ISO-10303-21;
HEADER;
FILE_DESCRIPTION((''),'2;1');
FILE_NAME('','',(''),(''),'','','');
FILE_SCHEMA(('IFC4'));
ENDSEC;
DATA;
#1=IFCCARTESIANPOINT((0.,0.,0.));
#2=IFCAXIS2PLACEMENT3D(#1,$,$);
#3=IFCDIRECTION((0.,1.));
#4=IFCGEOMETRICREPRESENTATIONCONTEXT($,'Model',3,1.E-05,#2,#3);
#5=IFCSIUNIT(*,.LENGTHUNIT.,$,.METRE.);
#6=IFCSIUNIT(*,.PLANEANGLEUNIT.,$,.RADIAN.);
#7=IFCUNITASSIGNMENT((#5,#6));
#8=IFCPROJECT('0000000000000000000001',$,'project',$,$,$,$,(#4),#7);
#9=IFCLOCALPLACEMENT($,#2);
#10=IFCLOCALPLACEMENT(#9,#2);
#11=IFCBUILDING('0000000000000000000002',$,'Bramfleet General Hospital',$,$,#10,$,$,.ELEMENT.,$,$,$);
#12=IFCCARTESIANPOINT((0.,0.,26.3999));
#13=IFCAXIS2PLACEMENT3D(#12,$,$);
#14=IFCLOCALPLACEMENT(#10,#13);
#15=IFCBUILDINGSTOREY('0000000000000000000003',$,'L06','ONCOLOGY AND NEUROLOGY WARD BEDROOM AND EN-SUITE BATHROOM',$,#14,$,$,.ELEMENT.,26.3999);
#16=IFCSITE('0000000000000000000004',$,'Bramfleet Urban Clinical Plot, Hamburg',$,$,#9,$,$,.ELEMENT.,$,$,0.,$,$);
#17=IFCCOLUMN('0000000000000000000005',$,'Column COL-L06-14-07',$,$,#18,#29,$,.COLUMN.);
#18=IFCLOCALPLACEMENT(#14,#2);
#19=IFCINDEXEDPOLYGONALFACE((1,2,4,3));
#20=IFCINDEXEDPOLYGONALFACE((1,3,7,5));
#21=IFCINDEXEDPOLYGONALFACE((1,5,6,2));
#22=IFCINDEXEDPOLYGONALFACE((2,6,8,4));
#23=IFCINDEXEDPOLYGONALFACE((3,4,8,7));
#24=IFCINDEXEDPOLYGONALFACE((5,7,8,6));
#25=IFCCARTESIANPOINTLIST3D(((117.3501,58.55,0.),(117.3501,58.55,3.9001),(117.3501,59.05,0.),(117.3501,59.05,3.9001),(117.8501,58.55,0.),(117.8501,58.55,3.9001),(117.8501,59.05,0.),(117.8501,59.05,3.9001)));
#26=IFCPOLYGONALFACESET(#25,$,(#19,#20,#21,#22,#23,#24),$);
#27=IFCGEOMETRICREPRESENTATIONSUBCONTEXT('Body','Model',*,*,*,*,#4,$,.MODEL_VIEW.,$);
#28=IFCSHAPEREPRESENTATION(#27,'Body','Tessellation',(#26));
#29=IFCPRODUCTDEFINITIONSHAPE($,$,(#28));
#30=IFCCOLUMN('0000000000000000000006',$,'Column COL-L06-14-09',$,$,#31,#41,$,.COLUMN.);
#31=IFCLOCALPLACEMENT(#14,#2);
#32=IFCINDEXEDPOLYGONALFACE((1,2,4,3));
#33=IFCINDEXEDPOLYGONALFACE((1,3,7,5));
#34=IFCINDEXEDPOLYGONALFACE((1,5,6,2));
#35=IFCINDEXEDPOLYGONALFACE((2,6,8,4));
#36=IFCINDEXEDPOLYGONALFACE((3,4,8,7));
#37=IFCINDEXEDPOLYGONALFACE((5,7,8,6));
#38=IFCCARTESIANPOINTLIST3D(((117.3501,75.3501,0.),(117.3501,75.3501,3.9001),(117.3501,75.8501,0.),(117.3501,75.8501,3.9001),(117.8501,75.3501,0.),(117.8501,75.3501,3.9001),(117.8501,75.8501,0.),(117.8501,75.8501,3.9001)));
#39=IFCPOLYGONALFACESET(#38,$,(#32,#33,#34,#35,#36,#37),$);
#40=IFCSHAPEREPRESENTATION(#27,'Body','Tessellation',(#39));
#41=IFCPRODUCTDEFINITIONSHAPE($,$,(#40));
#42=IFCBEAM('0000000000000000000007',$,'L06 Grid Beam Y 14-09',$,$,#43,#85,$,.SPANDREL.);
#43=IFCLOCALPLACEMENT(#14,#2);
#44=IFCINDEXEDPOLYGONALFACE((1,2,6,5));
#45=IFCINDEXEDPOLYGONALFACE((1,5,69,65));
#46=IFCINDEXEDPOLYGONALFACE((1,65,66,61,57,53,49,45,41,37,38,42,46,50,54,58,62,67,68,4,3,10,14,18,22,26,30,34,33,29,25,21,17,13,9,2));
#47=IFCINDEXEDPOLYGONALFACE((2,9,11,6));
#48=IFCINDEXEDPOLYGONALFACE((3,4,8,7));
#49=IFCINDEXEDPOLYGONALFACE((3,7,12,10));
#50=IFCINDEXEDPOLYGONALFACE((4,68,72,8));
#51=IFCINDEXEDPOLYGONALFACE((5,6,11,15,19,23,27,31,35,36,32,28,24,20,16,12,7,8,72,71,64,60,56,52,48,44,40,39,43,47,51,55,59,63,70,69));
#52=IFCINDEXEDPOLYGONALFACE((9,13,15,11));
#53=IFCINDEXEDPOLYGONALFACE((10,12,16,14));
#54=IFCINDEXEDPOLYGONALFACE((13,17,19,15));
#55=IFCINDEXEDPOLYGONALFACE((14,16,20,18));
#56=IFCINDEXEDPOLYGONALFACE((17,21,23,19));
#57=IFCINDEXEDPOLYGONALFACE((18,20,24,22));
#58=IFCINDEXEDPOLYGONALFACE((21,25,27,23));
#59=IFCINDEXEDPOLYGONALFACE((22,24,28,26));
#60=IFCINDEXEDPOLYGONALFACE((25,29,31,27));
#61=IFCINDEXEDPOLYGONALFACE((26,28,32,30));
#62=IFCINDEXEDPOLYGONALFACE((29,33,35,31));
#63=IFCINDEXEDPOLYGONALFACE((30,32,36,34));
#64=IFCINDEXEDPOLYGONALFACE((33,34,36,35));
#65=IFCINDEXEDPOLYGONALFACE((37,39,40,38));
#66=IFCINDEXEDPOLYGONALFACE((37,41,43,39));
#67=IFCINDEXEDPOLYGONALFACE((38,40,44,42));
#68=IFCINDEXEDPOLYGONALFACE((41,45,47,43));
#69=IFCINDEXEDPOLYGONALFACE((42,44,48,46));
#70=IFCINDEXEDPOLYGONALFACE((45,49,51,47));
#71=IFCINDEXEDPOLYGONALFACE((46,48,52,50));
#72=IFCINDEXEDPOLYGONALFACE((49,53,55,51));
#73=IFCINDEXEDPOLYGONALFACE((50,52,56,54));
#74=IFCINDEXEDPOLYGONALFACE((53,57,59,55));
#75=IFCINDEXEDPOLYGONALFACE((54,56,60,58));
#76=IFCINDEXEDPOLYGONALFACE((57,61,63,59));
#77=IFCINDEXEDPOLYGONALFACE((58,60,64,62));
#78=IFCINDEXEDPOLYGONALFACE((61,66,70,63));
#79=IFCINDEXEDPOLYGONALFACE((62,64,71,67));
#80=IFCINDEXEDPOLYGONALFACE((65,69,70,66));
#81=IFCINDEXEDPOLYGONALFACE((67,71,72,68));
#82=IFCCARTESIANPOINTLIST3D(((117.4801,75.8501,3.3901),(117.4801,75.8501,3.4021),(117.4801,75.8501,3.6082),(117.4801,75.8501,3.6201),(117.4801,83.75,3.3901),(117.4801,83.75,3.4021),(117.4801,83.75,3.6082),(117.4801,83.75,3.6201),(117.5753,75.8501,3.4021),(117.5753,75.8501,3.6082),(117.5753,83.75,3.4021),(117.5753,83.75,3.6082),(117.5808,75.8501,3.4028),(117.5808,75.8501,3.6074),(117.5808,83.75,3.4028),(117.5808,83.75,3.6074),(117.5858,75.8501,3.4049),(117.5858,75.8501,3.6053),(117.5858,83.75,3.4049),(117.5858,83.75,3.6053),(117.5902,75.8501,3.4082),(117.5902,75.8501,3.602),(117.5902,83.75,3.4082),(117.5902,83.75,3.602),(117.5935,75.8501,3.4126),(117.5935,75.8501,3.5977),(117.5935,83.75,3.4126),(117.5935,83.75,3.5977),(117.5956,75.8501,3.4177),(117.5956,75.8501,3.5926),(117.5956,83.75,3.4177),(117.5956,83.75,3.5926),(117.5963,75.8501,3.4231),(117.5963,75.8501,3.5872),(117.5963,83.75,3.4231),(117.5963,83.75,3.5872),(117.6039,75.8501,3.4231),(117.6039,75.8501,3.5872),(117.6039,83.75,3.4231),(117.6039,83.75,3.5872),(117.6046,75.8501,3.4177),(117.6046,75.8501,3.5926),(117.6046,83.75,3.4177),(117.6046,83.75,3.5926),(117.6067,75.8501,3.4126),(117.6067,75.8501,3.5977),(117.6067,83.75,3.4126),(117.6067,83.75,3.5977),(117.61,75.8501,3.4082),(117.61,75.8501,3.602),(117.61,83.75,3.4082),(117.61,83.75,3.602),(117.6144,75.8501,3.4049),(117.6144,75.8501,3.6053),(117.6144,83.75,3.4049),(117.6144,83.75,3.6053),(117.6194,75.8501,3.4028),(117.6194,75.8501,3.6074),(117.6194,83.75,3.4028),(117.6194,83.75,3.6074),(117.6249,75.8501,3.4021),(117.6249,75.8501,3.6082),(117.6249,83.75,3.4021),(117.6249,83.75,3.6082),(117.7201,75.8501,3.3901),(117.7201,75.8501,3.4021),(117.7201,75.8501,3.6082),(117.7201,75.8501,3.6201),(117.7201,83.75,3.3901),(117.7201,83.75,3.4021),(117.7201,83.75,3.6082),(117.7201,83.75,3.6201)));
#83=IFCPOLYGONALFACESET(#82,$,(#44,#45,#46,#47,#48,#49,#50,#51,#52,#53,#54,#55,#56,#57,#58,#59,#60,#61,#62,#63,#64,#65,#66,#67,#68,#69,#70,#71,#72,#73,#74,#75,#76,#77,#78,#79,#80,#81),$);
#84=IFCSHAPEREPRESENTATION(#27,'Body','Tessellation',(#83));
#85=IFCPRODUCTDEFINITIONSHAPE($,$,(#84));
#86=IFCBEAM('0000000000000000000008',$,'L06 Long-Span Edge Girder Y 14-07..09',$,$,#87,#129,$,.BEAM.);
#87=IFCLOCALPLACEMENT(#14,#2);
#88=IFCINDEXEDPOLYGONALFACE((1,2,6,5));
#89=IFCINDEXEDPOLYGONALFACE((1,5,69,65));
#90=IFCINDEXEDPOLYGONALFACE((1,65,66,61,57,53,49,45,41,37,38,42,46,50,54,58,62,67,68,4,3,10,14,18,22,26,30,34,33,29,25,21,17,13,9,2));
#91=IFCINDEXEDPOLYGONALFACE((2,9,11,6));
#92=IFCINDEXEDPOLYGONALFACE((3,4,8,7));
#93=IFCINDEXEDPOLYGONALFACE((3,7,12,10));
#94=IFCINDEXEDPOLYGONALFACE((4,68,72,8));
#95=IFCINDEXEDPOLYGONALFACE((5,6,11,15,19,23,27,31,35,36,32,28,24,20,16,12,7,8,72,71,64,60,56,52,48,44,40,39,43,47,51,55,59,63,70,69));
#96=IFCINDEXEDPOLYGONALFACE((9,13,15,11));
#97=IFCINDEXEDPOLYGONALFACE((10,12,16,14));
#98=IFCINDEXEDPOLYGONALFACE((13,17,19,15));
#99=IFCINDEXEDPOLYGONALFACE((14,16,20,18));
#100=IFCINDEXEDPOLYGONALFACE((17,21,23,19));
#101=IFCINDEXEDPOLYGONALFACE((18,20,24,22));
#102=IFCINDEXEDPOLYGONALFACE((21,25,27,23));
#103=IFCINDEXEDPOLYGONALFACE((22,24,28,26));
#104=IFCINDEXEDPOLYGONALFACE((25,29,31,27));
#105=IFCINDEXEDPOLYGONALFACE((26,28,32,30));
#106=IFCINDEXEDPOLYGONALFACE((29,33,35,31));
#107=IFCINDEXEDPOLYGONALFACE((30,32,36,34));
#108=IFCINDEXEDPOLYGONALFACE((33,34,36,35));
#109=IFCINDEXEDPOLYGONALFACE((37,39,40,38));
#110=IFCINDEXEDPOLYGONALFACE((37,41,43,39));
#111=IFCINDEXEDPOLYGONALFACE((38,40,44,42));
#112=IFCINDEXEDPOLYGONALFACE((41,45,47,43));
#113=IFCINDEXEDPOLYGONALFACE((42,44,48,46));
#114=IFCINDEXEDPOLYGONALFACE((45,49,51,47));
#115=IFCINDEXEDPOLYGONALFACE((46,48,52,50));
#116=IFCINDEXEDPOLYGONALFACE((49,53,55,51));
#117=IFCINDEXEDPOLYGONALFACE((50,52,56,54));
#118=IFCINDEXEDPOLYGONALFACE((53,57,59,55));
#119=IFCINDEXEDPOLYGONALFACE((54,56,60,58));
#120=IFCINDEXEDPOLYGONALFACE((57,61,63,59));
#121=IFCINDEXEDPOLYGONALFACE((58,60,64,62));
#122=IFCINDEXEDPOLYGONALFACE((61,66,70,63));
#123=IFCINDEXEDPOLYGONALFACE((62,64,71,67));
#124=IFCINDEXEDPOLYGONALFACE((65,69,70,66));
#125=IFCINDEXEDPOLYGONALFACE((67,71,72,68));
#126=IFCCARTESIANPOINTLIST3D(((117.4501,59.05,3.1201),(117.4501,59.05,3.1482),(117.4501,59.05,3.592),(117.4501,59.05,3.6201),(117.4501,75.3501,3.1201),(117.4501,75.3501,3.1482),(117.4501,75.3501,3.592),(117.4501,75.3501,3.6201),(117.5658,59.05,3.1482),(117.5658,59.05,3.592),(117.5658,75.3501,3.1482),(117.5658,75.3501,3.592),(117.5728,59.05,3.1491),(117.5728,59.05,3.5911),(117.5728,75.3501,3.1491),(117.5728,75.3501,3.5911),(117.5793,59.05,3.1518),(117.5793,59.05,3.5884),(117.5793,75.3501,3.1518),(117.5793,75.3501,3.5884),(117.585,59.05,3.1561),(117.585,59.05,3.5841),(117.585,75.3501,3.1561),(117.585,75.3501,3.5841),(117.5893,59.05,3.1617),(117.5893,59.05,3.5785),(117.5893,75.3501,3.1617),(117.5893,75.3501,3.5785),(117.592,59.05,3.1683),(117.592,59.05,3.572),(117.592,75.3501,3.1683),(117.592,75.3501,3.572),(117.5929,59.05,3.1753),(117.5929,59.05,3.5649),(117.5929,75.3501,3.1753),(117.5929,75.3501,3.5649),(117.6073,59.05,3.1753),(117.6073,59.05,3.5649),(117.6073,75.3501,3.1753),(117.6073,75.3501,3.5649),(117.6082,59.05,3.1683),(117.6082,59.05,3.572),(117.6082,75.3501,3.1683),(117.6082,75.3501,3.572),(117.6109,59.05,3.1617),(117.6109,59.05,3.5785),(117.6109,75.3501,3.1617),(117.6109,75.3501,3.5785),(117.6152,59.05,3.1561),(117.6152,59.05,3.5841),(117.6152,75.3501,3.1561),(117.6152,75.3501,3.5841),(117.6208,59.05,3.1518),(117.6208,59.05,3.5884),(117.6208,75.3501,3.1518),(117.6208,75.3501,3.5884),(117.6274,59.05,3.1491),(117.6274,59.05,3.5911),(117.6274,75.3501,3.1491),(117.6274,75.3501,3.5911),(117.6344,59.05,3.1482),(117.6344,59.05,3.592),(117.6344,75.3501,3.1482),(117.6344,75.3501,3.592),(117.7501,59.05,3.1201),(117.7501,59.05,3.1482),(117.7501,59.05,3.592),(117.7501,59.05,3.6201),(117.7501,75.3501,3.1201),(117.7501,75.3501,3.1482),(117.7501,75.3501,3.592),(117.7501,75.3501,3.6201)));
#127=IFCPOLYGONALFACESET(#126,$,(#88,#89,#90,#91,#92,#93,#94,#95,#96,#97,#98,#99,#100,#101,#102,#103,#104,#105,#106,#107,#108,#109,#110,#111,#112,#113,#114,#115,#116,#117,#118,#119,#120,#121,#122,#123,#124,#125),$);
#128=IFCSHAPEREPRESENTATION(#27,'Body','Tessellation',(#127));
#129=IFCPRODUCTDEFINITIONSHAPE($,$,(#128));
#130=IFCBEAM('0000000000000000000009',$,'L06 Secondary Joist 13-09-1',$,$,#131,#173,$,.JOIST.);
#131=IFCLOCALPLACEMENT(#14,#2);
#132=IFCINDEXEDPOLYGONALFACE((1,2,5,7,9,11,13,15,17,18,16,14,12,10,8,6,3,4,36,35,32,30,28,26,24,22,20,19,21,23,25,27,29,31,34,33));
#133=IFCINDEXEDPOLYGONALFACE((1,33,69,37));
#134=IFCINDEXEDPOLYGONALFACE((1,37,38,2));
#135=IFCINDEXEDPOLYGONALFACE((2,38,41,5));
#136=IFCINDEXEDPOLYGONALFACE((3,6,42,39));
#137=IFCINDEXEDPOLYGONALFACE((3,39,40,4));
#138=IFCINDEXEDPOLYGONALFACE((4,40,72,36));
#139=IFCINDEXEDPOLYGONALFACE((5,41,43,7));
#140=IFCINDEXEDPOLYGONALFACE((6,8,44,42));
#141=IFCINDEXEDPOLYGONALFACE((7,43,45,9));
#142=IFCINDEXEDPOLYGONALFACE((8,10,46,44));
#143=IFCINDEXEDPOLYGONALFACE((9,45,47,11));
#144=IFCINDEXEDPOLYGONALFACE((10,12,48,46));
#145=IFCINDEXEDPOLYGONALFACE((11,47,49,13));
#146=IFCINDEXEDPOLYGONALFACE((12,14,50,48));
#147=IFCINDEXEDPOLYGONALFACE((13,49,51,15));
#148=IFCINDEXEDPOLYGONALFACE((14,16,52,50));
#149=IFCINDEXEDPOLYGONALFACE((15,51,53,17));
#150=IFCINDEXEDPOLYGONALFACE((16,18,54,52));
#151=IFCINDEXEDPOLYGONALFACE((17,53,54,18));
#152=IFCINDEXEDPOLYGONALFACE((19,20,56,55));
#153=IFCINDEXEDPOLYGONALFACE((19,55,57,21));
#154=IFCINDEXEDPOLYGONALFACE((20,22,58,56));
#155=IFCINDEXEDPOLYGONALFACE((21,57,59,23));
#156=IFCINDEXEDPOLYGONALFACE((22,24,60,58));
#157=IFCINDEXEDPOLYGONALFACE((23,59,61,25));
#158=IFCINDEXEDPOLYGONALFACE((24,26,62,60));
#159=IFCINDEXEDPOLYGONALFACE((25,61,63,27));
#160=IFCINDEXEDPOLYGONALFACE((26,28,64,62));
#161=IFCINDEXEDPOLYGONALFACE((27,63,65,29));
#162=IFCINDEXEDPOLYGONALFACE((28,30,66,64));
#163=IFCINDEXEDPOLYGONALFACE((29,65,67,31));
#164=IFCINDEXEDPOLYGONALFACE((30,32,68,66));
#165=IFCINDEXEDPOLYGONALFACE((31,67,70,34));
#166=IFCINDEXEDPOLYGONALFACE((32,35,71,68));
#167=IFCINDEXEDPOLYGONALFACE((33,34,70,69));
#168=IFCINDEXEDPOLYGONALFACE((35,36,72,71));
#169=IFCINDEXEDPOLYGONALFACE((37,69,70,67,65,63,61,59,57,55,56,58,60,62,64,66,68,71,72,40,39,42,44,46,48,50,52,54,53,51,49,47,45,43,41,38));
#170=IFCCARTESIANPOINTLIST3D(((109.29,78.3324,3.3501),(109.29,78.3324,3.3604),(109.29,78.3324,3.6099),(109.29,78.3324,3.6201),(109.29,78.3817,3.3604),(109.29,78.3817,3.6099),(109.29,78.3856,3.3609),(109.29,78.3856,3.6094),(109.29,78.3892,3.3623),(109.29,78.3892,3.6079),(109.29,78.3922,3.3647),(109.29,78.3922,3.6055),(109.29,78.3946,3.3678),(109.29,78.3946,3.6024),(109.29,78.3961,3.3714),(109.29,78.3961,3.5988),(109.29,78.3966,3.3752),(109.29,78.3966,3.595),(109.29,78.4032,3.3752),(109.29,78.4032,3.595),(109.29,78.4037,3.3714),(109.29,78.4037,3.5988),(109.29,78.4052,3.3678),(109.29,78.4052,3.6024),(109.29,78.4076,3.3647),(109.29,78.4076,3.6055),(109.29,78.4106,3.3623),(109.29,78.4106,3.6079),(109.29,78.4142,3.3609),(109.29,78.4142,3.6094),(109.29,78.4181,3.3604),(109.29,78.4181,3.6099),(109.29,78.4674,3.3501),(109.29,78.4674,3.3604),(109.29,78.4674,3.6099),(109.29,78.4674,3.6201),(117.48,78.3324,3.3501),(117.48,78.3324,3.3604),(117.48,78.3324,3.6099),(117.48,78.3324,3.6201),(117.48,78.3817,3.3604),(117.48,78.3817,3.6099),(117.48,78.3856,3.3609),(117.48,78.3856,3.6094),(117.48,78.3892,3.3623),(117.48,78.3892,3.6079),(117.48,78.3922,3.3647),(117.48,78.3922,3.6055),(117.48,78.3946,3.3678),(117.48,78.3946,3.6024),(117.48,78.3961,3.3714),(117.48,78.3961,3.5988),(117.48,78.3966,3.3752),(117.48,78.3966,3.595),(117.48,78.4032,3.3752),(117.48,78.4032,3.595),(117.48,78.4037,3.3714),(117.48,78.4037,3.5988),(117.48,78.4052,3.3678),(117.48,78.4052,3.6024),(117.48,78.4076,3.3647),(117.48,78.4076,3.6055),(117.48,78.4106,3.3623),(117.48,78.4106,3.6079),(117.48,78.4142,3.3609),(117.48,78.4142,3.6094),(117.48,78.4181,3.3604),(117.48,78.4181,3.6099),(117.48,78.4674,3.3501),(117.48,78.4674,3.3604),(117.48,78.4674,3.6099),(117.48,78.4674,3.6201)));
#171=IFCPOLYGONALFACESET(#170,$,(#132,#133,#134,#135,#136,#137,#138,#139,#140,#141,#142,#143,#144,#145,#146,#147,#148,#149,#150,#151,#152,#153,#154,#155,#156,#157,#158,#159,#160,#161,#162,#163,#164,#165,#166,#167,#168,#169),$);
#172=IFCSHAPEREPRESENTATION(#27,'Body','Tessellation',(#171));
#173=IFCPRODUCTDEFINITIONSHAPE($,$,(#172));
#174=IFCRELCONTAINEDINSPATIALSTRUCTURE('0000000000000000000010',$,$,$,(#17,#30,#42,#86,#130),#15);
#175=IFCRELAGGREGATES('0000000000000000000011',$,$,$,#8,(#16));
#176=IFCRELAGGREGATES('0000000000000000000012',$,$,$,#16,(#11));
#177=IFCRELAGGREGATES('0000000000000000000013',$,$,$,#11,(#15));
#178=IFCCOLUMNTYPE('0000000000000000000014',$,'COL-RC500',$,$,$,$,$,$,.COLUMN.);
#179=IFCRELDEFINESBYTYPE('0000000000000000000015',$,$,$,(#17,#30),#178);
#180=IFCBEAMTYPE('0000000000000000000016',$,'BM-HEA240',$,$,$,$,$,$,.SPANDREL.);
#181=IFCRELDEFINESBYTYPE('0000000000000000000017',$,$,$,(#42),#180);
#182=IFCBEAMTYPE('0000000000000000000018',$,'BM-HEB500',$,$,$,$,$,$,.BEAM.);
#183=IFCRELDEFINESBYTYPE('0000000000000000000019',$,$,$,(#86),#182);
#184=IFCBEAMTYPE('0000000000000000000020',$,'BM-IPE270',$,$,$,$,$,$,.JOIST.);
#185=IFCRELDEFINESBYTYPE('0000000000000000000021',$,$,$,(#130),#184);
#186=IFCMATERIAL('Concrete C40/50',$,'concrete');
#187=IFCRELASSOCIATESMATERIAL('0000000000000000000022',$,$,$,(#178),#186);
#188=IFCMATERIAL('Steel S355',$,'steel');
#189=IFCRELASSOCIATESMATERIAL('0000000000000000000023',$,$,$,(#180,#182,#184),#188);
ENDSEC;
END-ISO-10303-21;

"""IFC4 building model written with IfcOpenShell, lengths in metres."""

from ifc_helpers import new_model, si_unit, direction, frame, origin, origin_2d, place, context, subcontext, project, spatial, rectangle, i_section, extrude, material, material_profile, profile_set, type_object, element, save


model = new_model("IFC4")

# Units and contexts
model_context = context("Model", 3, precision=1e-05, world=origin(), true_north=direction((0.0, 1.0)))
body_context = subcontext(model_context, "Body", "Model", "MODEL_VIEW")
ifc_project = project(units=[si_unit("LENGTHUNIT", "METRE"), si_unit("PLANEANGLEUNIT", "RADIAN")], contexts=[model_context])

# Site, building, storey
site_placement = place(None, origin())
site = spatial("IfcSite", under=ifc_project, at=site_placement, Name="Bramfleet Urban Clinical Plot, Hamburg", CompositionType="ELEMENT", RefElevation=0.0)
building_placement = place(site_placement, origin())
building = spatial("IfcBuilding", under=site, at=building_placement, Name="Bramfleet General Hospital", CompositionType="ELEMENT")
storey_placement = place(building_placement, frame((0.0, 0.0, 26.3999)))
storey = spatial("IfcBuildingStorey", under=building, at=storey_placement, Name="L06", Description="ONCOLOGY AND NEUROLOGY WARD BEDROOM AND EN-SUITE BATHROOM", CompositionType="ELEMENT", Elevation=26.3999)

# Columns
ifc_material_1 = material(Name="Concrete C40/50", Category="concrete")
ifc_material_profile_1 = material_profile(ifc_material_1, rectangle(XDim=0.5, YDim=0.5, at=origin_2d()), Name="RC COL 500x500")
ifc_profile_set_1 = profile_set([ifc_material_profile_1], Name="Concrete C40/50")
column_type = type_object("IfcColumnType", Name="COL-RC500", PredefinedType="COLUMN", material=ifc_profile_set_1)
for number, where, z_axis, x_axis, name in (
    (1, (117.6001, 58.8, 0.0), (0.0, 0.0, 1.0), (1.0, 0.0, 0.0), "Column COL-L06-14-07"),
    (2, (117.6001, 75.6001, 0.0), (0.0, 0.0, 1.0), (1.0, 0.0, 0.0), "Column COL-L06-14-09"),
):
    element("IfcColumn", number, at=place(storey_placement, frame(where, z_axis=z_axis, x_axis=x_axis)), inside=storey, type_object=column_type, Name=name, PredefinedType="COLUMN", context=body_context, shape_type="SweptSolid", body=[
        extrude(rectangle(XDim=0.5, YDim=0.5, at=origin_2d()), origin(), (0.0, 0.0, 1.0), 3.9001),
    ])

# Beams
ifc_material_2 = material(Name="Steel S355", Category="steel")
ifc_material_profile_2 = material_profile(ifc_material_2, i_section(OverallWidth=0.24, OverallDepth=0.23, WebThickness=0.0076, FlangeThickness=0.012, FilletRadius=0.021, at=origin_2d()), Name="HEA 240")
ifc_profile_set_2 = profile_set([ifc_material_profile_2], Name="Steel S355")
beam_type_1 = type_object("IfcBeamType", Name="BM-HEA240", PredefinedType="SPANDREL", material=ifc_profile_set_2)
beam_1_placement = place(storey_placement, frame((117.6001, 75.8501, 3.5051), z_axis=(0.0, 1.0, 0.0), x_axis=(-1.0, 0.0, 0.0)))
element("IfcBeam", 3, at=beam_1_placement, inside=storey, type_object=beam_type_1, Name="L06 Grid Beam Y 14-09", PredefinedType="SPANDREL", context=body_context, shape_type="SweptSolid", body=[
    extrude(i_section(OverallWidth=0.24, OverallDepth=0.23, WebThickness=0.0076, FlangeThickness=0.012, FilletRadius=0.021, at=origin_2d()), origin(), (0.0, 0.0, 1.0), 7.8999),
])
ifc_material_profile_3 = material_profile(ifc_material_2, i_section(OverallWidth=0.3, OverallDepth=0.5, WebThickness=0.0144, FlangeThickness=0.0281, FilletRadius=0.0271, at=origin_2d()), Name="HEB 500")
ifc_profile_set_3 = profile_set([ifc_material_profile_3], Name="Steel S355")
beam_type_2 = type_object("IfcBeamType", Name="BM-HEB500", PredefinedType="BEAM", material=ifc_profile_set_3)
beam_2_placement = place(storey_placement, frame((117.6001, 59.05, 3.3701), z_axis=(0.0, 1.0, 0.0), x_axis=(-1.0, 0.0, 0.0)))
element("IfcBeam", 4, at=beam_2_placement, inside=storey, type_object=beam_type_2, Name="L06 Long-Span Edge Girder Y 14-07..09", PredefinedType="BEAM", context=body_context, shape_type="SweptSolid", body=[
    extrude(i_section(OverallWidth=0.3, OverallDepth=0.5, WebThickness=0.0144, FlangeThickness=0.0281, FilletRadius=0.0271, at=origin_2d()), origin(), (0.0, 0.0, 1.0), 16.3),
])
ifc_material_profile_4 = material_profile(ifc_material_2, i_section(OverallWidth=0.135, OverallDepth=0.27, WebThickness=0.0066, FlangeThickness=0.0103, FilletRadius=0.0149, at=origin_2d()), Name="IPE 270")
ifc_profile_set_4 = profile_set([ifc_material_profile_4], Name="Steel S355")
beam_type_3 = type_object("IfcBeamType", Name="BM-IPE270", PredefinedType="JOIST", material=ifc_profile_set_4)
for number, where, z_axis, x_axis, name in (
    (5, (109.29, 78.3999, 3.4851), (1.0, 0.0, 0.0), (0.0, 1.0, 0.0), "L06 Secondary Joist 13-09-1"),
):
    element("IfcBeam", number, at=place(storey_placement, frame(where, z_axis=z_axis, x_axis=x_axis)), inside=storey, type_object=beam_type_3, Name=name, PredefinedType="JOIST", context=body_context, shape_type="SweptSolid", body=[
        extrude(i_section(OverallWidth=0.135, OverallDepth=0.27, WebThickness=0.0066, FlangeThickness=0.0103, FilletRadius=0.0149, at=origin_2d()), origin(), (0.0, 0.0, 1.0), 8.1899),
    ])

save(model, "model.ifc")
